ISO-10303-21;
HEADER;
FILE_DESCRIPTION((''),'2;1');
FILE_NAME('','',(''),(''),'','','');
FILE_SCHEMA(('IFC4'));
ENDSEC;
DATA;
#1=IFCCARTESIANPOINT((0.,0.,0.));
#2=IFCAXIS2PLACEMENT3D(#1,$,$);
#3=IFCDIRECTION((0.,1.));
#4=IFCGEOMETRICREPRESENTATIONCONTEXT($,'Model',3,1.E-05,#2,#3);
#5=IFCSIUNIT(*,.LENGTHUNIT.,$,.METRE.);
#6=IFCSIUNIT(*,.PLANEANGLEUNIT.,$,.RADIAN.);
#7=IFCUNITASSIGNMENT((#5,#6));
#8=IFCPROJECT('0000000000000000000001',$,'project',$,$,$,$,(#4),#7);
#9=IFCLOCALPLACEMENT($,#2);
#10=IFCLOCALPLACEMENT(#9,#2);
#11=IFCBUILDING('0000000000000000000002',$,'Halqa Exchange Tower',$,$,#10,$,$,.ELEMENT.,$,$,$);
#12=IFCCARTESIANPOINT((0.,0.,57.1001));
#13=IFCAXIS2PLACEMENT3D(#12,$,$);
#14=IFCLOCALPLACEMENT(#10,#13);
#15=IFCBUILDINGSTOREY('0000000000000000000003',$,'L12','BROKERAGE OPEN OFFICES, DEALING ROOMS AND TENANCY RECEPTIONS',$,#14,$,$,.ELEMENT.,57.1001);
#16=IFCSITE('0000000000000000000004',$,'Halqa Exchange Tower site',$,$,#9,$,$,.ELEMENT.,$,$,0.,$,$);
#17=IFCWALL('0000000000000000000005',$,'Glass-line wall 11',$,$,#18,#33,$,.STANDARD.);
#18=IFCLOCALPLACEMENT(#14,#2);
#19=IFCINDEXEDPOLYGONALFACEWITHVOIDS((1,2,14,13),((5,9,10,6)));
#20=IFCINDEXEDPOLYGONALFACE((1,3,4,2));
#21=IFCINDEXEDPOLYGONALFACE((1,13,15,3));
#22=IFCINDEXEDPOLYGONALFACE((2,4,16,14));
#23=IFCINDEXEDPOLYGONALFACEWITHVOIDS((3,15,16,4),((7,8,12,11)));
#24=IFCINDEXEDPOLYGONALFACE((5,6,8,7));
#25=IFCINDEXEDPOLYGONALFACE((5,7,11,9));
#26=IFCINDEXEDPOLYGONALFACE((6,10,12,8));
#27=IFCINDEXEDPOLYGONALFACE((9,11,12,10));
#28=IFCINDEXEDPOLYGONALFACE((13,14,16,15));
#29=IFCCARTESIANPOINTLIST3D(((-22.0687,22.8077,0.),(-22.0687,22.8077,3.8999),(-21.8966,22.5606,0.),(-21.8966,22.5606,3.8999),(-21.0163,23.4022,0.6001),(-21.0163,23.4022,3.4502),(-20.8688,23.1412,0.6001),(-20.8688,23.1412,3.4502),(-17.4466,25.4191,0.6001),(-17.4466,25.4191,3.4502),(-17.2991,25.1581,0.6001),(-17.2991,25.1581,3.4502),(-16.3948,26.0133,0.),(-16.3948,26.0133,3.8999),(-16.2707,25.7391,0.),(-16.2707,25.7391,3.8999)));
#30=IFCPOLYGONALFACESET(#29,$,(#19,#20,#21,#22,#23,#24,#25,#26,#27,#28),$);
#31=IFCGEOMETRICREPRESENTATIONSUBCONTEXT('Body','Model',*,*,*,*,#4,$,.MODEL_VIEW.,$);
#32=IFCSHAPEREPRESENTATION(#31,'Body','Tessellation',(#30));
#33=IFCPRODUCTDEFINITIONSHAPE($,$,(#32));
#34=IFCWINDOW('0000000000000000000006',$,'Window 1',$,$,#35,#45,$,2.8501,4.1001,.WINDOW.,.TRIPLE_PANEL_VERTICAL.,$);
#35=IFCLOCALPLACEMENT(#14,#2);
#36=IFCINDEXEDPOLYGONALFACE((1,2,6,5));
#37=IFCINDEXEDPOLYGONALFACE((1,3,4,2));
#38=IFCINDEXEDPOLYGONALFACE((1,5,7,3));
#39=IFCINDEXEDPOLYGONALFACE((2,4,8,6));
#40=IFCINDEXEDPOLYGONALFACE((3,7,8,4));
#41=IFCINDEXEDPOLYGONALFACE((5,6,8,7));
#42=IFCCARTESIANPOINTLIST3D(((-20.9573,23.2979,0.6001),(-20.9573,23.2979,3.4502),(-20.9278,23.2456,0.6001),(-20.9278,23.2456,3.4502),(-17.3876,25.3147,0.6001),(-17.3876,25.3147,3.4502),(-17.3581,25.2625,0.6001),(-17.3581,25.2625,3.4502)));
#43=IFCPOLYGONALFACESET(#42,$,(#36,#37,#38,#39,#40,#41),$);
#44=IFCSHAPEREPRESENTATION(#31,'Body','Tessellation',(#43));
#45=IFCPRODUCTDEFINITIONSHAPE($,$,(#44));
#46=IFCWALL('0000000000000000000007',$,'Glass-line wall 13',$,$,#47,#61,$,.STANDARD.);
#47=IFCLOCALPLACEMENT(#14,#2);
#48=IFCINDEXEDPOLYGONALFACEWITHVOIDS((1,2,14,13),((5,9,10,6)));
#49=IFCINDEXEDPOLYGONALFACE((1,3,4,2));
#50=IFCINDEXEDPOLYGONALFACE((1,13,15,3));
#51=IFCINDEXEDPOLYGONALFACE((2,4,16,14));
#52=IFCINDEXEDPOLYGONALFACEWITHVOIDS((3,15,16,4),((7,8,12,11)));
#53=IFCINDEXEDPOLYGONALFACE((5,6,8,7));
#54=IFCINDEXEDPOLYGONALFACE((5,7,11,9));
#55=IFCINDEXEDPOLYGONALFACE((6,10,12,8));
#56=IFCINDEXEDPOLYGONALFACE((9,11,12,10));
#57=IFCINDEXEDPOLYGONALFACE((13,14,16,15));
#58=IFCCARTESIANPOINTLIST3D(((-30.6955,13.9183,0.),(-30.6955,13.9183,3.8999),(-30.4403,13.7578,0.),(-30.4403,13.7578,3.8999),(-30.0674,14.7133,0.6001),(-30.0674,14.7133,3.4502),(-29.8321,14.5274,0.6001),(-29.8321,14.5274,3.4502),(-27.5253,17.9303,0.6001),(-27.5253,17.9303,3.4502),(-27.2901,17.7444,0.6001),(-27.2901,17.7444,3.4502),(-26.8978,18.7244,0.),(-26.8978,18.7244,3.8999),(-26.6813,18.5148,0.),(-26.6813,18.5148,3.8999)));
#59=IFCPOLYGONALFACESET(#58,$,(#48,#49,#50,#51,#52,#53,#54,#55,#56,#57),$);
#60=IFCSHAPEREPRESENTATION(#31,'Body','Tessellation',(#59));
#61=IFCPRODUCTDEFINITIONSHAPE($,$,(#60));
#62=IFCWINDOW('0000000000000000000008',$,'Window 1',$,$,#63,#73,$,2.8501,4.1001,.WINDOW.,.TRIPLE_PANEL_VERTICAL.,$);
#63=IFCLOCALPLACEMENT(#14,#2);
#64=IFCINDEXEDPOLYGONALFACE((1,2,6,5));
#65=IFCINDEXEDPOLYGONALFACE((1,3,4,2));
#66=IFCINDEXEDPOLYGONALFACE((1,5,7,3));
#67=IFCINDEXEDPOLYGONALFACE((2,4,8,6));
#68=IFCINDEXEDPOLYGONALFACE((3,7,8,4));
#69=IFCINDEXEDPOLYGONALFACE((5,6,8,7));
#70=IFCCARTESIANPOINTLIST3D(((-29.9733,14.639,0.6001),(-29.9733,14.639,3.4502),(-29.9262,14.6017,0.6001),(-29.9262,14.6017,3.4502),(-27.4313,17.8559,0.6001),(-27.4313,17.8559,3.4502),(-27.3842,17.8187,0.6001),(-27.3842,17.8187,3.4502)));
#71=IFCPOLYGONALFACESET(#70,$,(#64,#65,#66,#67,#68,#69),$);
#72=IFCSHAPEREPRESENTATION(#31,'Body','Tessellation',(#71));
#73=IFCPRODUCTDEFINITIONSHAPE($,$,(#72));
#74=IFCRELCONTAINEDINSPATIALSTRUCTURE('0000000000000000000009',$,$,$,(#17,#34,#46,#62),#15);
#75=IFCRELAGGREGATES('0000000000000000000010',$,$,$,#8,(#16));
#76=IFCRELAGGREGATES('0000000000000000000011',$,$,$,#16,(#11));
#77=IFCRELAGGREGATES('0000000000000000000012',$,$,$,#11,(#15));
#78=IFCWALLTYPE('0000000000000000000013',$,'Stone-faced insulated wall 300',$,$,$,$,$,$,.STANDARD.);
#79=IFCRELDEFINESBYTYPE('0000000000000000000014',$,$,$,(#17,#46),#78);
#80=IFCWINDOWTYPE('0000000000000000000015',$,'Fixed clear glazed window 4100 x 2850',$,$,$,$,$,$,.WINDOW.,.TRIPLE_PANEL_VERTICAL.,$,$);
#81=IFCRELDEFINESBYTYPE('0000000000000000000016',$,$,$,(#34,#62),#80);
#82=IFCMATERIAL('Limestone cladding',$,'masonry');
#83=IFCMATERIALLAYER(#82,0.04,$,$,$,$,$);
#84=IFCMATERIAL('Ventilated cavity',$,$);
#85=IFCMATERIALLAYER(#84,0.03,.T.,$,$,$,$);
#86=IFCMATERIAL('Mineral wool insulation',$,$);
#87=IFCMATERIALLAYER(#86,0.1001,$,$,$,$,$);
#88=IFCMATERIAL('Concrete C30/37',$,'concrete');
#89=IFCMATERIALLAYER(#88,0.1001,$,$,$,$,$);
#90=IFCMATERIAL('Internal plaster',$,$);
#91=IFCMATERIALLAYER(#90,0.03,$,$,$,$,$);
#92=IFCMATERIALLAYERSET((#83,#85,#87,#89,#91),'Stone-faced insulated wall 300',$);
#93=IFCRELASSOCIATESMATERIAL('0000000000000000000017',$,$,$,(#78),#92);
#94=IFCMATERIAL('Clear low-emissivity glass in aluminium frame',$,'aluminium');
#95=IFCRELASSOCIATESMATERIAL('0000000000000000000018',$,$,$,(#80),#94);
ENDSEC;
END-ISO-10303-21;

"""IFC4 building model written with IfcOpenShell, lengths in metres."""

from ifc_helpers import new_model, si_unit, direction, frame, frame_2d, origin, place, context, subcontext, project, spatial, polyline, rectangle, outline, extrude, material, layer, layer_set, type_object, element, fill, save


model = new_model("IFC4")

# Units and contexts
model_context = context("Model", 3, precision=1e-05, world=origin(), true_north=direction((0.0, 1.0)))
body_context = subcontext(model_context, "Body", "Model", "MODEL_VIEW")
ifc_project = project(units=[si_unit("LENGTHUNIT", "METRE"), si_unit("PLANEANGLEUNIT", "RADIAN")], contexts=[model_context])

# Site, building, storey
site_placement = place(None, origin())
site = spatial("IfcSite", under=ifc_project, at=site_placement, Name="Halqa Exchange Tower site", CompositionType="ELEMENT", RefElevation=0.0)
building_placement = place(site_placement, origin())
building = spatial("IfcBuilding", under=site, at=building_placement, Name="Halqa Exchange Tower", CompositionType="ELEMENT")
storey_placement = place(building_placement, frame((0.0, 0.0, 57.1001)))
storey = spatial("IfcBuildingStorey", under=building, at=storey_placement, Name="L12", Description="BROKERAGE OPEN OFFICES, DEALING ROOMS AND TENANCY RECEPTIONS", CompositionType="ELEMENT", Elevation=57.1001)

# Wall, opening, window
ifc_material_1 = material(Name="Limestone cladding", Category="masonry")
ifc_layer_1 = layer(ifc_material_1, 0.04)
ifc_material_2 = material(Name="Ventilated cavity")
ifc_layer_2 = layer(ifc_material_2, 0.03, ventilated=True)
ifc_material_3 = material(Name="Mineral wool insulation")
ifc_layer_3 = layer(ifc_material_3, 0.1001)
ifc_material_4 = material(Name="Concrete C30/37", Category="concrete")
ifc_layer_4 = layer(ifc_material_4, 0.1001)
ifc_material_5 = material(Name="Internal plaster")
ifc_layer_5 = layer(ifc_material_5, 0.03)
ifc_layer_set_1 = layer_set([ifc_layer_1, ifc_layer_2, ifc_layer_3, ifc_layer_4, ifc_layer_5], Name="Stone-faced insulated wall 300")
wall_type_1 = type_object("IfcWallType", Name="Stone-faced insulated wall 300", PredefinedType="STANDARD", material=ifc_layer_set_1)
wall_1_placement = place(storey_placement, frame((-16.3328, 25.8762, 0.0), z_axis=(0.0, 0.0, 1.0), x_axis=(-0.870648, -0.491907, 0.0)))
wall_1 = element("IfcWall", 1, at=wall_1_placement, inside=storey, type_object=wall_type_1, Name="Glass-line wall 11", PredefinedType="STANDARD", context=body_context, shape_type="SweptSolid", body=[
    extrude(outline(polyline([(-0.0134, -0.1499), (6.5034, -0.1499), (6.4751, 0.1499), (0.0134, 0.1499), (-0.0134, -0.1499)])), origin(), (0.0, 0.0, 1.0), 3.8999),
])
opening_1_placement = place(wall_1_placement, frame((1.1946, 0.0, 0.6001)))
opening_1 = element("IfcOpeningElement", 2, at=opening_1_placement, cuts=wall_1, PredefinedType="OPENING", context=body_context, shape_type="SweptSolid", body=[
    extrude(rectangle(XDim=4.1001, YDim=2.8501, at=frame_2d((2.05, 1.425))), frame((0.0, 0.1621, 0.0), z_axis=(0.0, -1.0, 0.0), x_axis=(1.0, 0.0, 0.0)), (0.0, 0.0, 1.0), 0.324),
])
ifc_material_6 = material(Name="Clear low-emissivity glass in aluminium frame", Category="aluminium")
window_type = type_object("IfcWindowType", Name="Fixed clear glazed window 4100 x 2850", PartitioningType="TRIPLE_PANEL_VERTICAL", PredefinedType="WINDOW", material=ifc_material_6)
window_1_placement = place(opening_1_placement, origin())
window_1 = element("IfcWindow", 3, at=window_1_placement, inside=storey, type_object=window_type, Name="Window 1", OverallHeight=2.8501, OverallWidth=4.1001, PartitioningType="TRIPLE_PANEL_VERTICAL", PredefinedType="WINDOW", context=body_context, shape_type="SweptSolid", body=[
    extrude(rectangle(XDim=4.1001, YDim=2.8501, at=frame_2d((2.05, 1.425))), frame((0.0, 0.03, 0.0), z_axis=(0.0, -1.0, 0.0), x_axis=(1.0, 0.0, 0.0)), (0.0, 0.0, 1.0), 0.0601),
])
fill(opening_1, window_1)

# Wall, opening, window
wall_2_placement = place(storey_placement, frame((-26.7896, 18.6196, 0.0), z_axis=(0.0, 0.0, 1.0), x_axis=(-0.619994, -0.784607, 0.0)))
wall_2 = element("IfcWall", 4, at=wall_2_placement, inside=storey, type_object=wall_type_1, Name="Glass-line wall 13", PredefinedType="STANDARD", context=body_context, shape_type="SweptSolid", body=[
    extrude(outline(polyline([(-0.0151, -0.1499), (6.1104, -0.1499), (6.0781, 0.1499), (0.0151, 0.1499), (-0.0151, -0.1499)])), origin(), (0.0, 0.0, 1.0), 3.8999),
])
opening_2_placement = place(wall_2_placement, frame((0.9971, 0.0, 0.6001)))
opening_2 = element("IfcOpeningElement", 5, at=opening_2_placement, cuts=wall_2, PredefinedType="OPENING", context=body_context, shape_type="SweptSolid", body=[
    extrude(rectangle(XDim=4.1001, YDim=2.8501, at=frame_2d((2.05, 1.425))), frame((0.0, 0.1621, 0.0), z_axis=(0.0, -1.0, 0.0), x_axis=(1.0, 0.0, 0.0)), (0.0, 0.0, 1.0), 0.324),
])
window_2_placement = place(opening_2_placement, origin())
window_2 = element("IfcWindow", 6, at=window_2_placement, inside=storey, type_object=window_type, Name="Window 1", OverallHeight=2.8501, OverallWidth=4.1001, PartitioningType="TRIPLE_PANEL_VERTICAL", PredefinedType="WINDOW", context=body_context, shape_type="SweptSolid", body=[
    extrude(rectangle(XDim=4.1001, YDim=2.8501, at=frame_2d((2.05, 1.425))), frame((0.0, 0.03, 0.0), z_axis=(0.0, -1.0, 0.0), x_axis=(1.0, 0.0, 0.0)), (0.0, 0.0, 1.0), 0.0601),
])
fill(opening_2, window_2)

save(model, "model.ifc")
